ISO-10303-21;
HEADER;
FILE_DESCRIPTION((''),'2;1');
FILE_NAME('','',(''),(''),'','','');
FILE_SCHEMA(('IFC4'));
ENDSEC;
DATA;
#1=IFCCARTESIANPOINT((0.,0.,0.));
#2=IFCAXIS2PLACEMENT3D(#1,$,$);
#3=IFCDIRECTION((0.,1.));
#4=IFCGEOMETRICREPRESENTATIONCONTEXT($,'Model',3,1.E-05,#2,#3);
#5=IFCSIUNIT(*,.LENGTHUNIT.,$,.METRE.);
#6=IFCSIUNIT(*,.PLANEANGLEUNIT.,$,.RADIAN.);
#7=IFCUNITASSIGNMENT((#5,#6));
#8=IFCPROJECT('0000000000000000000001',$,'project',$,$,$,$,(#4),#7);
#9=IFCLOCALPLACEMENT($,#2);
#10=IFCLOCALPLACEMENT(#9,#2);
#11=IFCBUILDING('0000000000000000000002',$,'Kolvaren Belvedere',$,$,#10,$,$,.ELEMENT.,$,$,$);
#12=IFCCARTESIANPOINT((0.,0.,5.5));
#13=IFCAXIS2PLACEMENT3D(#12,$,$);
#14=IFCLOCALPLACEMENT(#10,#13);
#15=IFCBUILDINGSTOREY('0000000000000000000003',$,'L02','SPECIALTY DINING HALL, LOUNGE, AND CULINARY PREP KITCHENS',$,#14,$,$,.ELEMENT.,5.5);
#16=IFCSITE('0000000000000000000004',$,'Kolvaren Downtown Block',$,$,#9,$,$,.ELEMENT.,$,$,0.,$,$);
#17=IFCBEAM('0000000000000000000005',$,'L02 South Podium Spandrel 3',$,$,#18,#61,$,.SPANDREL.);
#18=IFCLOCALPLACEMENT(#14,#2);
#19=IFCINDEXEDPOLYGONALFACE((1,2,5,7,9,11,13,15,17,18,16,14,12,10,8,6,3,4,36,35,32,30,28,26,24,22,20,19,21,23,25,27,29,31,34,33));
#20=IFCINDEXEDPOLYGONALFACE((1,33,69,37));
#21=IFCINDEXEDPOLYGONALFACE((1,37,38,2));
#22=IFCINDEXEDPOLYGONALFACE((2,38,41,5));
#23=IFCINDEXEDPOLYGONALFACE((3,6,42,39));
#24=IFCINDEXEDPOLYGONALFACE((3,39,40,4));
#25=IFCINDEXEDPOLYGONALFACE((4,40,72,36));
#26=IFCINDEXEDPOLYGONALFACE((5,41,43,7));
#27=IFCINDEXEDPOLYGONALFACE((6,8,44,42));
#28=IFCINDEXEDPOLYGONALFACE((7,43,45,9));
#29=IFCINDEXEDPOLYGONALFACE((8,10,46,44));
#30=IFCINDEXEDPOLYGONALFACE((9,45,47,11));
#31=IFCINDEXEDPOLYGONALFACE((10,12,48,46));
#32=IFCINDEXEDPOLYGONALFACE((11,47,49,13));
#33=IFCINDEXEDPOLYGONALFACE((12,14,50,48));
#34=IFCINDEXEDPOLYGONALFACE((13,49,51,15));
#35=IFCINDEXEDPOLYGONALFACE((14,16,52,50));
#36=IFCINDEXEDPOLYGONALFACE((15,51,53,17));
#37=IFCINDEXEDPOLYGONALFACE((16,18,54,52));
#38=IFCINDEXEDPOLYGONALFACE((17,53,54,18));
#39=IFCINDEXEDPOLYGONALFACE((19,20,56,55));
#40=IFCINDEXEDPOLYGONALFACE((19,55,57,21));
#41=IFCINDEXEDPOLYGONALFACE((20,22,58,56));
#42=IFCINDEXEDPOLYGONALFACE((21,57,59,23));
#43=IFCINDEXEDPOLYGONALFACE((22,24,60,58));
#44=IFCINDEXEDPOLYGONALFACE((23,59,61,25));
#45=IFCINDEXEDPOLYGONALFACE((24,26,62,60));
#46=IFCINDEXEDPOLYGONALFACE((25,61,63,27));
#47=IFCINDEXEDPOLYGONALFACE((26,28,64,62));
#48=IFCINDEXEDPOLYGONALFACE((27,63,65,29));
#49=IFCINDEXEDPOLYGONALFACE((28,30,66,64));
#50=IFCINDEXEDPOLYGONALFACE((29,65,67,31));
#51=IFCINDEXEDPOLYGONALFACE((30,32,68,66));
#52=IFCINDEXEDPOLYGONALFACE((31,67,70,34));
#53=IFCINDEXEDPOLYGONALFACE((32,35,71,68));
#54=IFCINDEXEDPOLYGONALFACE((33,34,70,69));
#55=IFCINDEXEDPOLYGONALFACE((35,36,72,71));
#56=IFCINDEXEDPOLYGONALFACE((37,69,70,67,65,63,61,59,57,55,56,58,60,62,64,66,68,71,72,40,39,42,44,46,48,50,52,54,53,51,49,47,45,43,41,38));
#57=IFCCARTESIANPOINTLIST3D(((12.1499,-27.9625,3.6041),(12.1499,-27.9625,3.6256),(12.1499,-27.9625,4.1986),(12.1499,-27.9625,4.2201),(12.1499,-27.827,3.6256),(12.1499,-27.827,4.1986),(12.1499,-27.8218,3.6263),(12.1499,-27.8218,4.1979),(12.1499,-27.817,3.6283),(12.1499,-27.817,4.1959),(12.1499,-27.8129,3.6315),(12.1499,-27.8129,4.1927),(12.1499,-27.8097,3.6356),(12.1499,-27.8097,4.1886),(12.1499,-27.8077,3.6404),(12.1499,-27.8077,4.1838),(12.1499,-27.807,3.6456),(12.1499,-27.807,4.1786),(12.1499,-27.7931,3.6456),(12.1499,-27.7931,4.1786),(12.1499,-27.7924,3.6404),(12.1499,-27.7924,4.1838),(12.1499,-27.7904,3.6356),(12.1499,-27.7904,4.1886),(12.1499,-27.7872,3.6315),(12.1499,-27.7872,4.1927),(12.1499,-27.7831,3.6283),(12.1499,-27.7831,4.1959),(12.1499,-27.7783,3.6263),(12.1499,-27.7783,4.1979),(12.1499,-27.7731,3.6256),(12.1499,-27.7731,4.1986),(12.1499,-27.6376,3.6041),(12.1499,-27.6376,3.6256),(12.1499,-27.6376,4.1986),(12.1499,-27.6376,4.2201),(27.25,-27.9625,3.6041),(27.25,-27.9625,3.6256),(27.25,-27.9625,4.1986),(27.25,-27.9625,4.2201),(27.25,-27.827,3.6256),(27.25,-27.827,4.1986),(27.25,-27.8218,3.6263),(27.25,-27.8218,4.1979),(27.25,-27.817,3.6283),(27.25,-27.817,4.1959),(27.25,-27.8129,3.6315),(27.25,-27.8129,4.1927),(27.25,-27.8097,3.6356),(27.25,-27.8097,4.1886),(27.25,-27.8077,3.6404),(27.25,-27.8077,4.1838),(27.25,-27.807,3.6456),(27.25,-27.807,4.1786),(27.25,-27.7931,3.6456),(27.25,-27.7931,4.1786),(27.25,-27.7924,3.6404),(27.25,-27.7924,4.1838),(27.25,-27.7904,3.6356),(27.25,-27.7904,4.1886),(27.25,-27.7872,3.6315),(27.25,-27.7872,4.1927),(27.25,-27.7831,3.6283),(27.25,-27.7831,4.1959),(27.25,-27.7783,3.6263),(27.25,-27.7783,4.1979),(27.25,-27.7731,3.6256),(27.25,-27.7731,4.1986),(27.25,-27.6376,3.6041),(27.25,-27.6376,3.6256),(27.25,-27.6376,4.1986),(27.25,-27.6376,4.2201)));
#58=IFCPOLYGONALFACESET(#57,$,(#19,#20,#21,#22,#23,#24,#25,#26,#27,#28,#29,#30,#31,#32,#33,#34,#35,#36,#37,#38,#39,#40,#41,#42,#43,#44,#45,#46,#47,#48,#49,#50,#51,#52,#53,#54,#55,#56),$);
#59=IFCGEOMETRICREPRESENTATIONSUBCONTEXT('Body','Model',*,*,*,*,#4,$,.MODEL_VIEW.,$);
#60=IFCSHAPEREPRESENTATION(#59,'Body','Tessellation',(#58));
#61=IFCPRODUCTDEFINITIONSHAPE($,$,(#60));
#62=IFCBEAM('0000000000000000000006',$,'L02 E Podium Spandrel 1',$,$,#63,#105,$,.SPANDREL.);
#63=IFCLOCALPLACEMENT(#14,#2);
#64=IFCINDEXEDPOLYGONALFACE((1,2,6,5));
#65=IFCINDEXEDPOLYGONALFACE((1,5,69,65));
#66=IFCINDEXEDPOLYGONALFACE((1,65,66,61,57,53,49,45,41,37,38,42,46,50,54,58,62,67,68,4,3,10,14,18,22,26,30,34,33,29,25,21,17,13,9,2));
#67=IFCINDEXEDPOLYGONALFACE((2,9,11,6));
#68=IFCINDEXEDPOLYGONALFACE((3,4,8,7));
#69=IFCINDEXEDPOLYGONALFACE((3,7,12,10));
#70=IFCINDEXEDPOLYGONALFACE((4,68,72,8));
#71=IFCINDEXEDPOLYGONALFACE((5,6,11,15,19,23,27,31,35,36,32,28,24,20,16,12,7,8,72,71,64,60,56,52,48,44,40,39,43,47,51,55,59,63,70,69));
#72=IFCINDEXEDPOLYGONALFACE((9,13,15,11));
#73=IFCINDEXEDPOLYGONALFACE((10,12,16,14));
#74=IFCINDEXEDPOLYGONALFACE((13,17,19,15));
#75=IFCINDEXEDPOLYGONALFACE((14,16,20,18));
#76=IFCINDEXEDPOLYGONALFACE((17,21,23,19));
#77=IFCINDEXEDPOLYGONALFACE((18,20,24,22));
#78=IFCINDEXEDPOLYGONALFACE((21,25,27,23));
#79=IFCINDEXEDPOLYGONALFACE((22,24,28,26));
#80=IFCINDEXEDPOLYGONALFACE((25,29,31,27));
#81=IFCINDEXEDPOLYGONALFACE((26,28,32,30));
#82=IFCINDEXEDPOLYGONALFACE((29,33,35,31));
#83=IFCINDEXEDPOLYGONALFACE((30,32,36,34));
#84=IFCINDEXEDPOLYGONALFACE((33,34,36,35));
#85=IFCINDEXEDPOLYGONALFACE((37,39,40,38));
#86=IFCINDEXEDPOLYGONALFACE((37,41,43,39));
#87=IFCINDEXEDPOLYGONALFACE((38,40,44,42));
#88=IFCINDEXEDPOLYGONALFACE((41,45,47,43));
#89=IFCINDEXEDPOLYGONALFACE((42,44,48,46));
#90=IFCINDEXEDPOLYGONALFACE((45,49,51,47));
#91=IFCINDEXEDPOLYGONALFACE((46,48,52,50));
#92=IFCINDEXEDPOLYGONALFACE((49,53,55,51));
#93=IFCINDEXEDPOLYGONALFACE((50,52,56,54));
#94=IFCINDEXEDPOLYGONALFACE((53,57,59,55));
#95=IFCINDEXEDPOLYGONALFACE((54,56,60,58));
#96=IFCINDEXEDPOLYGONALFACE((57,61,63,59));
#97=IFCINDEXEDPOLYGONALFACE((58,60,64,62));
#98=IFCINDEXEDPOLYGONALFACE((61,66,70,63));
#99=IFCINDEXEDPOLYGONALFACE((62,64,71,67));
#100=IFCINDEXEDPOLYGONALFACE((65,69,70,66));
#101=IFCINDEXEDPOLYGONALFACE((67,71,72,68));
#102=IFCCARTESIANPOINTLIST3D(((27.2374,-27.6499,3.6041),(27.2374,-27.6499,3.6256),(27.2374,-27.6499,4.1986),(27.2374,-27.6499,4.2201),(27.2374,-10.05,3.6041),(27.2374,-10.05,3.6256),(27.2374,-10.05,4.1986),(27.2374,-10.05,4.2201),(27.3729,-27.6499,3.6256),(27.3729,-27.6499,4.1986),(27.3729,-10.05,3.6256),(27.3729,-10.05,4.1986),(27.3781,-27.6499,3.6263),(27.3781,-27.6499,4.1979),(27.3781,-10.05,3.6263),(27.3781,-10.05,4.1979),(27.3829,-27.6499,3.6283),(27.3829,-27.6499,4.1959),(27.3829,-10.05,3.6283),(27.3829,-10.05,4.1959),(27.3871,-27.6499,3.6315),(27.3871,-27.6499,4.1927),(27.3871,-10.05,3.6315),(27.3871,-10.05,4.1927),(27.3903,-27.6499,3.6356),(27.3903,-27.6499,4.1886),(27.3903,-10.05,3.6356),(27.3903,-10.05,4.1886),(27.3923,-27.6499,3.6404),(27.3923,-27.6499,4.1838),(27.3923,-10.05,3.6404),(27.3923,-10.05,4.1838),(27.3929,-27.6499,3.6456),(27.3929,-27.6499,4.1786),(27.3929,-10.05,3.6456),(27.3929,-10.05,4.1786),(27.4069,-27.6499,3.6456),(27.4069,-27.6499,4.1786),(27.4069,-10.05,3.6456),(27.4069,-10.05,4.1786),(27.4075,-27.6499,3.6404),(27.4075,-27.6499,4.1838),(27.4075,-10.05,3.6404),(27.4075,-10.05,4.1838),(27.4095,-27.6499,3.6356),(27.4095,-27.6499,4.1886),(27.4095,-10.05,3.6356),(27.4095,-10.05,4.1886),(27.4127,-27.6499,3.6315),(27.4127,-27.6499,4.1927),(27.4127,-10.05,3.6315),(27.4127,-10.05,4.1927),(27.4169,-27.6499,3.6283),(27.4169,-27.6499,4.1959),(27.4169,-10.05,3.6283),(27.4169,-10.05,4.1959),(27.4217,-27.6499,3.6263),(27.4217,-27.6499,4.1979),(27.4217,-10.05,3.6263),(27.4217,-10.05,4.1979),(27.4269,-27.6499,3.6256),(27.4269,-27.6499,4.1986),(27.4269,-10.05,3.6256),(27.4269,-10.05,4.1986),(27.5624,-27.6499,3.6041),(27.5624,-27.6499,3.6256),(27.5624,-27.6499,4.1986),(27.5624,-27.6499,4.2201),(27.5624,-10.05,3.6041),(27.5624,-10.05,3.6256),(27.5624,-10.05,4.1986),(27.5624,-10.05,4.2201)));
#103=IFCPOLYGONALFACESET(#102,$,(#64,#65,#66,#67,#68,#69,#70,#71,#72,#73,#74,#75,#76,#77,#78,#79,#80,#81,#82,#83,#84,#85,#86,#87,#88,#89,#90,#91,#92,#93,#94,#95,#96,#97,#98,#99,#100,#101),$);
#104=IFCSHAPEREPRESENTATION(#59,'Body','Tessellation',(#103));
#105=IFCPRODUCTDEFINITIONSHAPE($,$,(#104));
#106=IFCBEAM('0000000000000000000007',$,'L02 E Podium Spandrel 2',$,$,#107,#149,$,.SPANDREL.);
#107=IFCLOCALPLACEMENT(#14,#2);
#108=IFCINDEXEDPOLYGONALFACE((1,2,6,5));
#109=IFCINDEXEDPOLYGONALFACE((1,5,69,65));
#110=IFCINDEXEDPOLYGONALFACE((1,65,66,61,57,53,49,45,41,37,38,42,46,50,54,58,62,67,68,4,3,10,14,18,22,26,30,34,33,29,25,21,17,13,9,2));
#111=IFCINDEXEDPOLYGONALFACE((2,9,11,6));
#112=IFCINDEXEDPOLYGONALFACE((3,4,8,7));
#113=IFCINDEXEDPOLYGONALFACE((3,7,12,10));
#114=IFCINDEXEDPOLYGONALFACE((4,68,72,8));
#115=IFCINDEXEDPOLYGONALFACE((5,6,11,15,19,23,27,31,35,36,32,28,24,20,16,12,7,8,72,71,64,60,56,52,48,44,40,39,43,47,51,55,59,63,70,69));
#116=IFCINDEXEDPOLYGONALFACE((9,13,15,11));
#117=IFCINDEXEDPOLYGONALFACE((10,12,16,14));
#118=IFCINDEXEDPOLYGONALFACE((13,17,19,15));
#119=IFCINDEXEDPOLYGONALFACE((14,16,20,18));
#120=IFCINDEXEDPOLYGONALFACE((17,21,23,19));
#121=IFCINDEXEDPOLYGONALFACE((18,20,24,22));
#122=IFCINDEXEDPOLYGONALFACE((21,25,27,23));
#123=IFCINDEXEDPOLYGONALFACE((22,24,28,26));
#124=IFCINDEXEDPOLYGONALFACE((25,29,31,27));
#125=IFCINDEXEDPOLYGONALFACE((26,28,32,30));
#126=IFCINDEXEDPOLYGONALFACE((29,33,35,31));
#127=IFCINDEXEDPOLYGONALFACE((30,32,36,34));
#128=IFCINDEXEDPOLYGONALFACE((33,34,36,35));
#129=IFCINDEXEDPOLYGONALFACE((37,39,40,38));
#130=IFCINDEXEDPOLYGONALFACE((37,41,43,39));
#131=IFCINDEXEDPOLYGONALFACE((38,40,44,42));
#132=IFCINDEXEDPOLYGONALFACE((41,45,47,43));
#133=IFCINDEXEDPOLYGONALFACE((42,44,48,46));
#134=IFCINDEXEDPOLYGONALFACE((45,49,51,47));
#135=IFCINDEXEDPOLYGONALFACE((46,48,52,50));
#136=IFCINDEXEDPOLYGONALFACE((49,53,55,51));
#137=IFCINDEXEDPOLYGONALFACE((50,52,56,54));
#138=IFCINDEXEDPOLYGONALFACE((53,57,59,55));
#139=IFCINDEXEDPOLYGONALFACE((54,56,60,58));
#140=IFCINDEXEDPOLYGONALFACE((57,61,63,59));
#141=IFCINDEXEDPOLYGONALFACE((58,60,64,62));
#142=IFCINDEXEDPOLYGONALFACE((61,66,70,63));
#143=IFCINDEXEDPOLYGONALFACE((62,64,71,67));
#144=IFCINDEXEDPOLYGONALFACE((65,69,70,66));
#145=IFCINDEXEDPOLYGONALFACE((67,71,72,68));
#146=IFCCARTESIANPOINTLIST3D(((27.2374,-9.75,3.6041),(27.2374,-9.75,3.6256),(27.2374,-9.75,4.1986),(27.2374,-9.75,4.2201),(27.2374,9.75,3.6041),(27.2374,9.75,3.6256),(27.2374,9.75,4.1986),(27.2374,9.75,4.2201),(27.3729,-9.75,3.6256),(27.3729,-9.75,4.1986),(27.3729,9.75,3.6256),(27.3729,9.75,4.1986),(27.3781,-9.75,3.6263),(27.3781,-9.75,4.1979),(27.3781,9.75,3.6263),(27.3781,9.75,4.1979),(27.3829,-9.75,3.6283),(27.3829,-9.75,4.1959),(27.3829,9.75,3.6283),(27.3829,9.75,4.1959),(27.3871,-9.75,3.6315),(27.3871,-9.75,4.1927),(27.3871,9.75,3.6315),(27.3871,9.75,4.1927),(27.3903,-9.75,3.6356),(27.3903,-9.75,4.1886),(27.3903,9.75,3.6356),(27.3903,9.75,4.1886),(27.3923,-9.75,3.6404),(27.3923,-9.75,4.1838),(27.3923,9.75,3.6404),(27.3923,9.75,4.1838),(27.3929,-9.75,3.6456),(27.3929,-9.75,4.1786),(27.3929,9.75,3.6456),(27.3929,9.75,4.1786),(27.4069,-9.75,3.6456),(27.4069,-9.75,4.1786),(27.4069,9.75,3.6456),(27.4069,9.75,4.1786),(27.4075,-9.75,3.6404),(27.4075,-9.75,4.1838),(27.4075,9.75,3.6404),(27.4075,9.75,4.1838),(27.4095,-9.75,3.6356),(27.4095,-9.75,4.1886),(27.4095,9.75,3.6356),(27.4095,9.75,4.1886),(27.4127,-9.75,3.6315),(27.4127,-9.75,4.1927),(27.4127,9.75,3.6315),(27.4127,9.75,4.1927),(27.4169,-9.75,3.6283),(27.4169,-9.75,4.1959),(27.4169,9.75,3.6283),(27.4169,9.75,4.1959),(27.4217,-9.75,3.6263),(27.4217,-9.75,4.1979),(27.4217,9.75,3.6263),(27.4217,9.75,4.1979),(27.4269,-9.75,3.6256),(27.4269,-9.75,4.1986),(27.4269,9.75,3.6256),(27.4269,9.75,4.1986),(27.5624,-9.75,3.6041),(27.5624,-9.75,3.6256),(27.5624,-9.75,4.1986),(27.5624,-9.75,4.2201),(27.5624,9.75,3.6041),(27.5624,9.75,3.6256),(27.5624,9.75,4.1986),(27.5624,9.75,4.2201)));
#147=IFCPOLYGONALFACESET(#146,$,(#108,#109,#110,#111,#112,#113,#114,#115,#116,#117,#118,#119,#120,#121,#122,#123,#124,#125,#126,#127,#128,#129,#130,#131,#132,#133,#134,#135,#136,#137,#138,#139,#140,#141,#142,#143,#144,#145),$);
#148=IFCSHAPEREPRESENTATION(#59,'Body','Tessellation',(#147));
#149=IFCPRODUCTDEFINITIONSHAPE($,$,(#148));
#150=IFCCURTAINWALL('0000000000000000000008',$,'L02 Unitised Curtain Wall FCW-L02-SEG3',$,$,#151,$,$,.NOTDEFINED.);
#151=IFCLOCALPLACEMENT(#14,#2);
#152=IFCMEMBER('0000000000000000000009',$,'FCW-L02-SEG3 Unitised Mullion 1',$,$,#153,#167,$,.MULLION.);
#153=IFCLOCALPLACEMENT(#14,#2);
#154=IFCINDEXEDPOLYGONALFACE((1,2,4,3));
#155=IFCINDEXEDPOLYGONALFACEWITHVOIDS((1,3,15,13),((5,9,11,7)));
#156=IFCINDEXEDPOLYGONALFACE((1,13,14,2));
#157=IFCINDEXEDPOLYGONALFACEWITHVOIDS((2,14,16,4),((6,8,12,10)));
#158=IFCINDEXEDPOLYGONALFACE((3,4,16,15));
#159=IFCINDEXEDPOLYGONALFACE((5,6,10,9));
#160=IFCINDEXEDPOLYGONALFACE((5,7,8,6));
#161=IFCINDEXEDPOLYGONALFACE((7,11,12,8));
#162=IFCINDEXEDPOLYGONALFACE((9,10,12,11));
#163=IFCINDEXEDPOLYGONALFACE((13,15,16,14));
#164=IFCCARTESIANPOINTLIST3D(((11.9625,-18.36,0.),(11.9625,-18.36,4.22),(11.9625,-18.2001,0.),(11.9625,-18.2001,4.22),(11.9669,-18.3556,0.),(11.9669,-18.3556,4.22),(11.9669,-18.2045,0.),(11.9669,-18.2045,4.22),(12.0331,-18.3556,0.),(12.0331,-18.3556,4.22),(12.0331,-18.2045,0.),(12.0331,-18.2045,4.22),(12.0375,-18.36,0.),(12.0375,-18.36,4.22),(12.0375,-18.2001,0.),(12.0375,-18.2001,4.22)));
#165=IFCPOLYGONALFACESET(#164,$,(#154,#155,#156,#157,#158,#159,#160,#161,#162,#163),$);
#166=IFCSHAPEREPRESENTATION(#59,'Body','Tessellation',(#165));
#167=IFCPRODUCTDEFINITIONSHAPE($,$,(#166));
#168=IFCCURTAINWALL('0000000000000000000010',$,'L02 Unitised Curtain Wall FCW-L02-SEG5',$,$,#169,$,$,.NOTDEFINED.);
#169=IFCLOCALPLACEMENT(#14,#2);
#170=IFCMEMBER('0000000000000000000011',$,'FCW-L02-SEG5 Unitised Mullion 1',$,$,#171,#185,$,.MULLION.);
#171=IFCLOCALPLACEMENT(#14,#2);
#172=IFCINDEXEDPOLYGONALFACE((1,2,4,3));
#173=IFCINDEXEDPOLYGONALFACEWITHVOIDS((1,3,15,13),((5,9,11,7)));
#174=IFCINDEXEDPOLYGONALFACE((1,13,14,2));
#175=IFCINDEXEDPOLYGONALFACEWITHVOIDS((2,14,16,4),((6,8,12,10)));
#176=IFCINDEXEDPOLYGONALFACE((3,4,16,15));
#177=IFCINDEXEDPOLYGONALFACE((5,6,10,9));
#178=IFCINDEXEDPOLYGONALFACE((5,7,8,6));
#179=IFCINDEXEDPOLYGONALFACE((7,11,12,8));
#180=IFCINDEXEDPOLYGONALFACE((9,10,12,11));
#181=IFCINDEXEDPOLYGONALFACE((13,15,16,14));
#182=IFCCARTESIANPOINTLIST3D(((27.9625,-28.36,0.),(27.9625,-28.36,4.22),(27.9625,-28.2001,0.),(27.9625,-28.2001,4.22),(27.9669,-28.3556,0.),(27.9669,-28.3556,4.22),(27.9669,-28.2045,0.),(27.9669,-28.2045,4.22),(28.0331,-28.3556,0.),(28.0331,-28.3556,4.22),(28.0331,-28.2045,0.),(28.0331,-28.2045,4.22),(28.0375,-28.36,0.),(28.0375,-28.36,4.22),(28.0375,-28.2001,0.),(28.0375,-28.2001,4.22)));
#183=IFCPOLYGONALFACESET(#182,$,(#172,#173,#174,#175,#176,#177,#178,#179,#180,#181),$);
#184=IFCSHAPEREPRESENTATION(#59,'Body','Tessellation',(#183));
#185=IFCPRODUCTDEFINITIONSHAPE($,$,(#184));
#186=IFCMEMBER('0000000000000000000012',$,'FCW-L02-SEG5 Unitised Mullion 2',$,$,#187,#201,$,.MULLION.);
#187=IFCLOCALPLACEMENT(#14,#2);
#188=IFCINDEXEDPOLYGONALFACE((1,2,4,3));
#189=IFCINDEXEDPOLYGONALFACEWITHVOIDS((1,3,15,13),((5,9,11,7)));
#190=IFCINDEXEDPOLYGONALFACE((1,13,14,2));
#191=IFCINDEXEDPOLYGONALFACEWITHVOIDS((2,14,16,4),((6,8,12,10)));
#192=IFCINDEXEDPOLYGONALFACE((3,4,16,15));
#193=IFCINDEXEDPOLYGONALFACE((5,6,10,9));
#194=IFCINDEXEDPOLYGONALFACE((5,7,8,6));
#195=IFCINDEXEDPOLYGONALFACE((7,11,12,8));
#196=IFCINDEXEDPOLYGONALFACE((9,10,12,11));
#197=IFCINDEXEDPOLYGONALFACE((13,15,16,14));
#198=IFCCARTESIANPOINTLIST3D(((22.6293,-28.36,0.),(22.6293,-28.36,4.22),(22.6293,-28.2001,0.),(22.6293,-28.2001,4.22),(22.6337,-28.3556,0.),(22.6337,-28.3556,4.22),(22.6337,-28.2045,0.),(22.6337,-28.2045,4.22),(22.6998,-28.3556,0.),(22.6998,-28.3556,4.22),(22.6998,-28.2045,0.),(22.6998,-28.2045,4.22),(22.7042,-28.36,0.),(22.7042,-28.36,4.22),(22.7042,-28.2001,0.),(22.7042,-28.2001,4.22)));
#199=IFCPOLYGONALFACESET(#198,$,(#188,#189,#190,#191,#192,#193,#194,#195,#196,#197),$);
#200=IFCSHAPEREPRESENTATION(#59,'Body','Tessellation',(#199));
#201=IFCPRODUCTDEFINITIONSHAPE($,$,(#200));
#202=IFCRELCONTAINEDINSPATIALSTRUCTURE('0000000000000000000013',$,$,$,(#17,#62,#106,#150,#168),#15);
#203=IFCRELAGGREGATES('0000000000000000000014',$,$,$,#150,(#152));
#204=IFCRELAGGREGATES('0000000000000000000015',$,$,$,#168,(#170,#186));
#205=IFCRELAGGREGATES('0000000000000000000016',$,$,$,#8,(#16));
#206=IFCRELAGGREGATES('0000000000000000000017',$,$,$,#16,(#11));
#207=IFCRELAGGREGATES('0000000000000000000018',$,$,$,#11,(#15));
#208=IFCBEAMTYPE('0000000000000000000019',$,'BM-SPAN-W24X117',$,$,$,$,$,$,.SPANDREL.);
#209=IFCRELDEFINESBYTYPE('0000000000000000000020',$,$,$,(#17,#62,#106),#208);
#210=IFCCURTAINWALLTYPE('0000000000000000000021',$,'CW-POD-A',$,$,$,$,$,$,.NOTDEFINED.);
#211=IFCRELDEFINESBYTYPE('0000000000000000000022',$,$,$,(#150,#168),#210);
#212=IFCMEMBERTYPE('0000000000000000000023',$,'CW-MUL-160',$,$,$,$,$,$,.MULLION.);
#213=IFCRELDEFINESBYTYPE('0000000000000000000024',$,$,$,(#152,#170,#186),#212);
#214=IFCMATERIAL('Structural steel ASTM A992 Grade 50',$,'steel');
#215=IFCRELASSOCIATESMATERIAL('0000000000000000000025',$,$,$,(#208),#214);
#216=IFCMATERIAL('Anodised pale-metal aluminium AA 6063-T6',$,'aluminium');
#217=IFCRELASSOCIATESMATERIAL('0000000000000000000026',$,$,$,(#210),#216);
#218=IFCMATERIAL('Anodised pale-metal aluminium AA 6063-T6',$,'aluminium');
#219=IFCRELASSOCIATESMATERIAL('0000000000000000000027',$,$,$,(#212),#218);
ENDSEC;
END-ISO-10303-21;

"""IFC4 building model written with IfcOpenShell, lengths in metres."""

from ifc_helpers import new_model, si_unit, direction, frame, origin, origin_2d, place, context, subcontext, project, spatial, hollow_rectangle, i_section, extrude, material, material_profile, profile_set, type_object, element, aggregate, save


model = new_model("IFC4")

# Units and contexts
model_context = context("Model", 3, precision=1e-05, world=origin(), true_north=direction((0.0, 1.0)))
body_context = subcontext(model_context, "Body", "Model", "MODEL_VIEW")
ifc_project = project(units=[si_unit("LENGTHUNIT", "METRE"), si_unit("PLANEANGLEUNIT", "RADIAN")], contexts=[model_context])

# Site, building, storey
site_placement = place(None, origin())
site = spatial("IfcSite", under=ifc_project, at=site_placement, Name="Kolvaren Downtown Block", CompositionType="ELEMENT", RefElevation=0.0)
building_placement = place(site_placement, origin())
building = spatial("IfcBuilding", under=site, at=building_placement, Name="Kolvaren Belvedere", CompositionType="ELEMENT")
storey_placement = place(building_placement, frame((0.0, 0.0, 5.5)))
storey = spatial("IfcBuildingStorey", under=building, at=storey_placement, Name="L02", Description="SPECIALTY DINING HALL, LOUNGE, AND CULINARY PREP KITCHENS", CompositionType="ELEMENT", Elevation=5.5)

# Beams
ifc_material_1 = material(Name="Structural steel ASTM A992 Grade 50", Category="steel")
ifc_material_profile_1 = material_profile(ifc_material_1, i_section(OverallWidth=0.325, OverallDepth=0.616, WebThickness=0.0139, FlangeThickness=0.0215, FilletRadius=0.02, at=origin_2d()), Name="W24X117")
ifc_profile_set_1 = profile_set([ifc_material_profile_1], Name="Structural steel ASTM A992 Grade 50")
beam_type_1 = type_object("IfcBeamType", Name="BM-SPAN-W24X117", PredefinedType="SPANDREL", material=ifc_profile_set_1)
beam_1_placement = place(storey_placement, frame((12.1499, -27.8, 3.9121), z_axis=(1.0, 0.0, 0.0), x_axis=(0.0, 1.0, 0.0)))
element("IfcBeam", 1, at=beam_1_placement, inside=storey, type_object=beam_type_1, Name="L02 South Podium Spandrel 3", PredefinedType="SPANDREL", context=body_context, shape_type="SweptSolid", body=[
    extrude(i_section(OverallWidth=0.325, OverallDepth=0.616, WebThickness=0.0139, FlangeThickness=0.0215, FilletRadius=0.02, at=origin_2d()), origin(), (0.0, 0.0, 1.0), 15.1001),
])
beam_2_placement = place(storey_placement, frame((27.3999, -27.6499, 3.9121), z_axis=(0.0, 1.0, 0.0), x_axis=(-1.0, 0.0, 0.0)))
element("IfcBeam", 2, at=beam_2_placement, inside=storey, type_object=beam_type_1, Name="L02 E Podium Spandrel 1", PredefinedType="SPANDREL", context=body_context, shape_type="SweptSolid", body=[
    extrude(i_section(OverallWidth=0.325, OverallDepth=0.616, WebThickness=0.0139, FlangeThickness=0.0215, FilletRadius=0.02, at=origin_2d()), origin(), (0.0, 0.0, 1.0), 17.5999),
])
beam_3_placement = place(storey_placement, frame((27.3999, -9.75, 3.9121), z_axis=(0.0, 1.0, 0.0), x_axis=(-1.0, 0.0, 0.0)))
element("IfcBeam", 3, at=beam_3_placement, inside=storey, type_object=beam_type_1, Name="L02 E Podium Spandrel 2", PredefinedType="SPANDREL", context=body_context, shape_type="SweptSolid", body=[
    extrude(i_section(OverallWidth=0.325, OverallDepth=0.616, WebThickness=0.0139, FlangeThickness=0.0215, FilletRadius=0.02, at=origin_2d()), origin(), (0.0, 0.0, 1.0), 19.5),
])

# Curtain wall, member
ifc_material_2 = material(Name="Anodised pale-metal aluminium AA 6063-T6", Category="aluminium")
curtain_wall_type = type_object("IfcCurtainWallType", Name="CW-POD-A", PredefinedType="NOTDEFINED", material=ifc_material_2)
curtain_wall_1_placement = place(storey_placement, origin())
curtain_wall_1 = element("IfcCurtainWall", 4, at=curtain_wall_1_placement, inside=storey, type_object=curtain_wall_type, Name="L02 Unitised Curtain Wall FCW-L02-SEG3", PredefinedType="NOTDEFINED")
ifc_material_3 = material(Name="Anodised pale-metal aluminium AA 6063-T6", Category="aluminium")
ifc_material_profile_2 = material_profile(ifc_material_3, hollow_rectangle(XDim=0.075, YDim=0.1599, WallThickness=0.0044, at=origin_2d()), Name="ALU-MUL-160X75")
ifc_profile_set_2 = profile_set([ifc_material_profile_2], Name="Anodised pale-metal aluminium AA 6063-T6")
member_type_1 = type_object("IfcMemberType", Name="CW-MUL-160", PredefinedType="MULLION", material=ifc_profile_set_2)
member_1_placement = place(storey_placement, frame((12.0, -18.28, 0.0), z_axis=(0.0, 0.0, 1.0), x_axis=(1.0, 0.0, 0.0)))
member_1 = element("IfcMember", 5, at=member_1_placement, type_object=member_type_1, Name="FCW-L02-SEG3 Unitised Mullion 1", PredefinedType="MULLION", context=body_context, shape_type="SweptSolid", body=[
    extrude(hollow_rectangle(XDim=0.075, YDim=0.1599, WallThickness=0.0044, at=origin_2d()), origin(), (0.0, 0.0, 1.0), 4.22),
])

# Curtain wall, members
curtain_wall_2_placement = place(storey_placement, origin())
curtain_wall_2 = element("IfcCurtainWall", 6, at=curtain_wall_2_placement, inside=storey, type_object=curtain_wall_type, Name="L02 Unitised Curtain Wall FCW-L02-SEG5", PredefinedType="NOTDEFINED")
member_2_placement = place(storey_placement, frame((28.0, -28.28, 0.0), z_axis=(0.0, 0.0, 1.0), x_axis=(1.0, 0.0, 0.0)))
member_2 = element("IfcMember", 7, at=member_2_placement, type_object=member_type_1, Name="FCW-L02-SEG5 Unitised Mullion 1", PredefinedType="MULLION", context=body_context, shape_type="SweptSolid", body=[
    extrude(hollow_rectangle(XDim=0.075, YDim=0.1599, WallThickness=0.0044, at=origin_2d()), origin(), (0.0, 0.0, 1.0), 4.22),
])
member_3_placement = place(storey_placement, frame((22.6667, -28.28, 0.0), z_axis=(0.0, 0.0, 1.0), x_axis=(1.0, 0.0, 0.0)))
member_3 = element("IfcMember", 8, at=member_3_placement, type_object=member_type_1, Name="FCW-L02-SEG5 Unitised Mullion 2", PredefinedType="MULLION", context=body_context, shape_type="SweptSolid", body=[
    extrude(hollow_rectangle(XDim=0.075, YDim=0.1599, WallThickness=0.0044, at=origin_2d()), origin(), (0.0, 0.0, 1.0), 4.22),
])

aggregate(curtain_wall_1, [member_1])

aggregate(curtain_wall_2, [member_2, member_3])

save(model, "model.ifc")
